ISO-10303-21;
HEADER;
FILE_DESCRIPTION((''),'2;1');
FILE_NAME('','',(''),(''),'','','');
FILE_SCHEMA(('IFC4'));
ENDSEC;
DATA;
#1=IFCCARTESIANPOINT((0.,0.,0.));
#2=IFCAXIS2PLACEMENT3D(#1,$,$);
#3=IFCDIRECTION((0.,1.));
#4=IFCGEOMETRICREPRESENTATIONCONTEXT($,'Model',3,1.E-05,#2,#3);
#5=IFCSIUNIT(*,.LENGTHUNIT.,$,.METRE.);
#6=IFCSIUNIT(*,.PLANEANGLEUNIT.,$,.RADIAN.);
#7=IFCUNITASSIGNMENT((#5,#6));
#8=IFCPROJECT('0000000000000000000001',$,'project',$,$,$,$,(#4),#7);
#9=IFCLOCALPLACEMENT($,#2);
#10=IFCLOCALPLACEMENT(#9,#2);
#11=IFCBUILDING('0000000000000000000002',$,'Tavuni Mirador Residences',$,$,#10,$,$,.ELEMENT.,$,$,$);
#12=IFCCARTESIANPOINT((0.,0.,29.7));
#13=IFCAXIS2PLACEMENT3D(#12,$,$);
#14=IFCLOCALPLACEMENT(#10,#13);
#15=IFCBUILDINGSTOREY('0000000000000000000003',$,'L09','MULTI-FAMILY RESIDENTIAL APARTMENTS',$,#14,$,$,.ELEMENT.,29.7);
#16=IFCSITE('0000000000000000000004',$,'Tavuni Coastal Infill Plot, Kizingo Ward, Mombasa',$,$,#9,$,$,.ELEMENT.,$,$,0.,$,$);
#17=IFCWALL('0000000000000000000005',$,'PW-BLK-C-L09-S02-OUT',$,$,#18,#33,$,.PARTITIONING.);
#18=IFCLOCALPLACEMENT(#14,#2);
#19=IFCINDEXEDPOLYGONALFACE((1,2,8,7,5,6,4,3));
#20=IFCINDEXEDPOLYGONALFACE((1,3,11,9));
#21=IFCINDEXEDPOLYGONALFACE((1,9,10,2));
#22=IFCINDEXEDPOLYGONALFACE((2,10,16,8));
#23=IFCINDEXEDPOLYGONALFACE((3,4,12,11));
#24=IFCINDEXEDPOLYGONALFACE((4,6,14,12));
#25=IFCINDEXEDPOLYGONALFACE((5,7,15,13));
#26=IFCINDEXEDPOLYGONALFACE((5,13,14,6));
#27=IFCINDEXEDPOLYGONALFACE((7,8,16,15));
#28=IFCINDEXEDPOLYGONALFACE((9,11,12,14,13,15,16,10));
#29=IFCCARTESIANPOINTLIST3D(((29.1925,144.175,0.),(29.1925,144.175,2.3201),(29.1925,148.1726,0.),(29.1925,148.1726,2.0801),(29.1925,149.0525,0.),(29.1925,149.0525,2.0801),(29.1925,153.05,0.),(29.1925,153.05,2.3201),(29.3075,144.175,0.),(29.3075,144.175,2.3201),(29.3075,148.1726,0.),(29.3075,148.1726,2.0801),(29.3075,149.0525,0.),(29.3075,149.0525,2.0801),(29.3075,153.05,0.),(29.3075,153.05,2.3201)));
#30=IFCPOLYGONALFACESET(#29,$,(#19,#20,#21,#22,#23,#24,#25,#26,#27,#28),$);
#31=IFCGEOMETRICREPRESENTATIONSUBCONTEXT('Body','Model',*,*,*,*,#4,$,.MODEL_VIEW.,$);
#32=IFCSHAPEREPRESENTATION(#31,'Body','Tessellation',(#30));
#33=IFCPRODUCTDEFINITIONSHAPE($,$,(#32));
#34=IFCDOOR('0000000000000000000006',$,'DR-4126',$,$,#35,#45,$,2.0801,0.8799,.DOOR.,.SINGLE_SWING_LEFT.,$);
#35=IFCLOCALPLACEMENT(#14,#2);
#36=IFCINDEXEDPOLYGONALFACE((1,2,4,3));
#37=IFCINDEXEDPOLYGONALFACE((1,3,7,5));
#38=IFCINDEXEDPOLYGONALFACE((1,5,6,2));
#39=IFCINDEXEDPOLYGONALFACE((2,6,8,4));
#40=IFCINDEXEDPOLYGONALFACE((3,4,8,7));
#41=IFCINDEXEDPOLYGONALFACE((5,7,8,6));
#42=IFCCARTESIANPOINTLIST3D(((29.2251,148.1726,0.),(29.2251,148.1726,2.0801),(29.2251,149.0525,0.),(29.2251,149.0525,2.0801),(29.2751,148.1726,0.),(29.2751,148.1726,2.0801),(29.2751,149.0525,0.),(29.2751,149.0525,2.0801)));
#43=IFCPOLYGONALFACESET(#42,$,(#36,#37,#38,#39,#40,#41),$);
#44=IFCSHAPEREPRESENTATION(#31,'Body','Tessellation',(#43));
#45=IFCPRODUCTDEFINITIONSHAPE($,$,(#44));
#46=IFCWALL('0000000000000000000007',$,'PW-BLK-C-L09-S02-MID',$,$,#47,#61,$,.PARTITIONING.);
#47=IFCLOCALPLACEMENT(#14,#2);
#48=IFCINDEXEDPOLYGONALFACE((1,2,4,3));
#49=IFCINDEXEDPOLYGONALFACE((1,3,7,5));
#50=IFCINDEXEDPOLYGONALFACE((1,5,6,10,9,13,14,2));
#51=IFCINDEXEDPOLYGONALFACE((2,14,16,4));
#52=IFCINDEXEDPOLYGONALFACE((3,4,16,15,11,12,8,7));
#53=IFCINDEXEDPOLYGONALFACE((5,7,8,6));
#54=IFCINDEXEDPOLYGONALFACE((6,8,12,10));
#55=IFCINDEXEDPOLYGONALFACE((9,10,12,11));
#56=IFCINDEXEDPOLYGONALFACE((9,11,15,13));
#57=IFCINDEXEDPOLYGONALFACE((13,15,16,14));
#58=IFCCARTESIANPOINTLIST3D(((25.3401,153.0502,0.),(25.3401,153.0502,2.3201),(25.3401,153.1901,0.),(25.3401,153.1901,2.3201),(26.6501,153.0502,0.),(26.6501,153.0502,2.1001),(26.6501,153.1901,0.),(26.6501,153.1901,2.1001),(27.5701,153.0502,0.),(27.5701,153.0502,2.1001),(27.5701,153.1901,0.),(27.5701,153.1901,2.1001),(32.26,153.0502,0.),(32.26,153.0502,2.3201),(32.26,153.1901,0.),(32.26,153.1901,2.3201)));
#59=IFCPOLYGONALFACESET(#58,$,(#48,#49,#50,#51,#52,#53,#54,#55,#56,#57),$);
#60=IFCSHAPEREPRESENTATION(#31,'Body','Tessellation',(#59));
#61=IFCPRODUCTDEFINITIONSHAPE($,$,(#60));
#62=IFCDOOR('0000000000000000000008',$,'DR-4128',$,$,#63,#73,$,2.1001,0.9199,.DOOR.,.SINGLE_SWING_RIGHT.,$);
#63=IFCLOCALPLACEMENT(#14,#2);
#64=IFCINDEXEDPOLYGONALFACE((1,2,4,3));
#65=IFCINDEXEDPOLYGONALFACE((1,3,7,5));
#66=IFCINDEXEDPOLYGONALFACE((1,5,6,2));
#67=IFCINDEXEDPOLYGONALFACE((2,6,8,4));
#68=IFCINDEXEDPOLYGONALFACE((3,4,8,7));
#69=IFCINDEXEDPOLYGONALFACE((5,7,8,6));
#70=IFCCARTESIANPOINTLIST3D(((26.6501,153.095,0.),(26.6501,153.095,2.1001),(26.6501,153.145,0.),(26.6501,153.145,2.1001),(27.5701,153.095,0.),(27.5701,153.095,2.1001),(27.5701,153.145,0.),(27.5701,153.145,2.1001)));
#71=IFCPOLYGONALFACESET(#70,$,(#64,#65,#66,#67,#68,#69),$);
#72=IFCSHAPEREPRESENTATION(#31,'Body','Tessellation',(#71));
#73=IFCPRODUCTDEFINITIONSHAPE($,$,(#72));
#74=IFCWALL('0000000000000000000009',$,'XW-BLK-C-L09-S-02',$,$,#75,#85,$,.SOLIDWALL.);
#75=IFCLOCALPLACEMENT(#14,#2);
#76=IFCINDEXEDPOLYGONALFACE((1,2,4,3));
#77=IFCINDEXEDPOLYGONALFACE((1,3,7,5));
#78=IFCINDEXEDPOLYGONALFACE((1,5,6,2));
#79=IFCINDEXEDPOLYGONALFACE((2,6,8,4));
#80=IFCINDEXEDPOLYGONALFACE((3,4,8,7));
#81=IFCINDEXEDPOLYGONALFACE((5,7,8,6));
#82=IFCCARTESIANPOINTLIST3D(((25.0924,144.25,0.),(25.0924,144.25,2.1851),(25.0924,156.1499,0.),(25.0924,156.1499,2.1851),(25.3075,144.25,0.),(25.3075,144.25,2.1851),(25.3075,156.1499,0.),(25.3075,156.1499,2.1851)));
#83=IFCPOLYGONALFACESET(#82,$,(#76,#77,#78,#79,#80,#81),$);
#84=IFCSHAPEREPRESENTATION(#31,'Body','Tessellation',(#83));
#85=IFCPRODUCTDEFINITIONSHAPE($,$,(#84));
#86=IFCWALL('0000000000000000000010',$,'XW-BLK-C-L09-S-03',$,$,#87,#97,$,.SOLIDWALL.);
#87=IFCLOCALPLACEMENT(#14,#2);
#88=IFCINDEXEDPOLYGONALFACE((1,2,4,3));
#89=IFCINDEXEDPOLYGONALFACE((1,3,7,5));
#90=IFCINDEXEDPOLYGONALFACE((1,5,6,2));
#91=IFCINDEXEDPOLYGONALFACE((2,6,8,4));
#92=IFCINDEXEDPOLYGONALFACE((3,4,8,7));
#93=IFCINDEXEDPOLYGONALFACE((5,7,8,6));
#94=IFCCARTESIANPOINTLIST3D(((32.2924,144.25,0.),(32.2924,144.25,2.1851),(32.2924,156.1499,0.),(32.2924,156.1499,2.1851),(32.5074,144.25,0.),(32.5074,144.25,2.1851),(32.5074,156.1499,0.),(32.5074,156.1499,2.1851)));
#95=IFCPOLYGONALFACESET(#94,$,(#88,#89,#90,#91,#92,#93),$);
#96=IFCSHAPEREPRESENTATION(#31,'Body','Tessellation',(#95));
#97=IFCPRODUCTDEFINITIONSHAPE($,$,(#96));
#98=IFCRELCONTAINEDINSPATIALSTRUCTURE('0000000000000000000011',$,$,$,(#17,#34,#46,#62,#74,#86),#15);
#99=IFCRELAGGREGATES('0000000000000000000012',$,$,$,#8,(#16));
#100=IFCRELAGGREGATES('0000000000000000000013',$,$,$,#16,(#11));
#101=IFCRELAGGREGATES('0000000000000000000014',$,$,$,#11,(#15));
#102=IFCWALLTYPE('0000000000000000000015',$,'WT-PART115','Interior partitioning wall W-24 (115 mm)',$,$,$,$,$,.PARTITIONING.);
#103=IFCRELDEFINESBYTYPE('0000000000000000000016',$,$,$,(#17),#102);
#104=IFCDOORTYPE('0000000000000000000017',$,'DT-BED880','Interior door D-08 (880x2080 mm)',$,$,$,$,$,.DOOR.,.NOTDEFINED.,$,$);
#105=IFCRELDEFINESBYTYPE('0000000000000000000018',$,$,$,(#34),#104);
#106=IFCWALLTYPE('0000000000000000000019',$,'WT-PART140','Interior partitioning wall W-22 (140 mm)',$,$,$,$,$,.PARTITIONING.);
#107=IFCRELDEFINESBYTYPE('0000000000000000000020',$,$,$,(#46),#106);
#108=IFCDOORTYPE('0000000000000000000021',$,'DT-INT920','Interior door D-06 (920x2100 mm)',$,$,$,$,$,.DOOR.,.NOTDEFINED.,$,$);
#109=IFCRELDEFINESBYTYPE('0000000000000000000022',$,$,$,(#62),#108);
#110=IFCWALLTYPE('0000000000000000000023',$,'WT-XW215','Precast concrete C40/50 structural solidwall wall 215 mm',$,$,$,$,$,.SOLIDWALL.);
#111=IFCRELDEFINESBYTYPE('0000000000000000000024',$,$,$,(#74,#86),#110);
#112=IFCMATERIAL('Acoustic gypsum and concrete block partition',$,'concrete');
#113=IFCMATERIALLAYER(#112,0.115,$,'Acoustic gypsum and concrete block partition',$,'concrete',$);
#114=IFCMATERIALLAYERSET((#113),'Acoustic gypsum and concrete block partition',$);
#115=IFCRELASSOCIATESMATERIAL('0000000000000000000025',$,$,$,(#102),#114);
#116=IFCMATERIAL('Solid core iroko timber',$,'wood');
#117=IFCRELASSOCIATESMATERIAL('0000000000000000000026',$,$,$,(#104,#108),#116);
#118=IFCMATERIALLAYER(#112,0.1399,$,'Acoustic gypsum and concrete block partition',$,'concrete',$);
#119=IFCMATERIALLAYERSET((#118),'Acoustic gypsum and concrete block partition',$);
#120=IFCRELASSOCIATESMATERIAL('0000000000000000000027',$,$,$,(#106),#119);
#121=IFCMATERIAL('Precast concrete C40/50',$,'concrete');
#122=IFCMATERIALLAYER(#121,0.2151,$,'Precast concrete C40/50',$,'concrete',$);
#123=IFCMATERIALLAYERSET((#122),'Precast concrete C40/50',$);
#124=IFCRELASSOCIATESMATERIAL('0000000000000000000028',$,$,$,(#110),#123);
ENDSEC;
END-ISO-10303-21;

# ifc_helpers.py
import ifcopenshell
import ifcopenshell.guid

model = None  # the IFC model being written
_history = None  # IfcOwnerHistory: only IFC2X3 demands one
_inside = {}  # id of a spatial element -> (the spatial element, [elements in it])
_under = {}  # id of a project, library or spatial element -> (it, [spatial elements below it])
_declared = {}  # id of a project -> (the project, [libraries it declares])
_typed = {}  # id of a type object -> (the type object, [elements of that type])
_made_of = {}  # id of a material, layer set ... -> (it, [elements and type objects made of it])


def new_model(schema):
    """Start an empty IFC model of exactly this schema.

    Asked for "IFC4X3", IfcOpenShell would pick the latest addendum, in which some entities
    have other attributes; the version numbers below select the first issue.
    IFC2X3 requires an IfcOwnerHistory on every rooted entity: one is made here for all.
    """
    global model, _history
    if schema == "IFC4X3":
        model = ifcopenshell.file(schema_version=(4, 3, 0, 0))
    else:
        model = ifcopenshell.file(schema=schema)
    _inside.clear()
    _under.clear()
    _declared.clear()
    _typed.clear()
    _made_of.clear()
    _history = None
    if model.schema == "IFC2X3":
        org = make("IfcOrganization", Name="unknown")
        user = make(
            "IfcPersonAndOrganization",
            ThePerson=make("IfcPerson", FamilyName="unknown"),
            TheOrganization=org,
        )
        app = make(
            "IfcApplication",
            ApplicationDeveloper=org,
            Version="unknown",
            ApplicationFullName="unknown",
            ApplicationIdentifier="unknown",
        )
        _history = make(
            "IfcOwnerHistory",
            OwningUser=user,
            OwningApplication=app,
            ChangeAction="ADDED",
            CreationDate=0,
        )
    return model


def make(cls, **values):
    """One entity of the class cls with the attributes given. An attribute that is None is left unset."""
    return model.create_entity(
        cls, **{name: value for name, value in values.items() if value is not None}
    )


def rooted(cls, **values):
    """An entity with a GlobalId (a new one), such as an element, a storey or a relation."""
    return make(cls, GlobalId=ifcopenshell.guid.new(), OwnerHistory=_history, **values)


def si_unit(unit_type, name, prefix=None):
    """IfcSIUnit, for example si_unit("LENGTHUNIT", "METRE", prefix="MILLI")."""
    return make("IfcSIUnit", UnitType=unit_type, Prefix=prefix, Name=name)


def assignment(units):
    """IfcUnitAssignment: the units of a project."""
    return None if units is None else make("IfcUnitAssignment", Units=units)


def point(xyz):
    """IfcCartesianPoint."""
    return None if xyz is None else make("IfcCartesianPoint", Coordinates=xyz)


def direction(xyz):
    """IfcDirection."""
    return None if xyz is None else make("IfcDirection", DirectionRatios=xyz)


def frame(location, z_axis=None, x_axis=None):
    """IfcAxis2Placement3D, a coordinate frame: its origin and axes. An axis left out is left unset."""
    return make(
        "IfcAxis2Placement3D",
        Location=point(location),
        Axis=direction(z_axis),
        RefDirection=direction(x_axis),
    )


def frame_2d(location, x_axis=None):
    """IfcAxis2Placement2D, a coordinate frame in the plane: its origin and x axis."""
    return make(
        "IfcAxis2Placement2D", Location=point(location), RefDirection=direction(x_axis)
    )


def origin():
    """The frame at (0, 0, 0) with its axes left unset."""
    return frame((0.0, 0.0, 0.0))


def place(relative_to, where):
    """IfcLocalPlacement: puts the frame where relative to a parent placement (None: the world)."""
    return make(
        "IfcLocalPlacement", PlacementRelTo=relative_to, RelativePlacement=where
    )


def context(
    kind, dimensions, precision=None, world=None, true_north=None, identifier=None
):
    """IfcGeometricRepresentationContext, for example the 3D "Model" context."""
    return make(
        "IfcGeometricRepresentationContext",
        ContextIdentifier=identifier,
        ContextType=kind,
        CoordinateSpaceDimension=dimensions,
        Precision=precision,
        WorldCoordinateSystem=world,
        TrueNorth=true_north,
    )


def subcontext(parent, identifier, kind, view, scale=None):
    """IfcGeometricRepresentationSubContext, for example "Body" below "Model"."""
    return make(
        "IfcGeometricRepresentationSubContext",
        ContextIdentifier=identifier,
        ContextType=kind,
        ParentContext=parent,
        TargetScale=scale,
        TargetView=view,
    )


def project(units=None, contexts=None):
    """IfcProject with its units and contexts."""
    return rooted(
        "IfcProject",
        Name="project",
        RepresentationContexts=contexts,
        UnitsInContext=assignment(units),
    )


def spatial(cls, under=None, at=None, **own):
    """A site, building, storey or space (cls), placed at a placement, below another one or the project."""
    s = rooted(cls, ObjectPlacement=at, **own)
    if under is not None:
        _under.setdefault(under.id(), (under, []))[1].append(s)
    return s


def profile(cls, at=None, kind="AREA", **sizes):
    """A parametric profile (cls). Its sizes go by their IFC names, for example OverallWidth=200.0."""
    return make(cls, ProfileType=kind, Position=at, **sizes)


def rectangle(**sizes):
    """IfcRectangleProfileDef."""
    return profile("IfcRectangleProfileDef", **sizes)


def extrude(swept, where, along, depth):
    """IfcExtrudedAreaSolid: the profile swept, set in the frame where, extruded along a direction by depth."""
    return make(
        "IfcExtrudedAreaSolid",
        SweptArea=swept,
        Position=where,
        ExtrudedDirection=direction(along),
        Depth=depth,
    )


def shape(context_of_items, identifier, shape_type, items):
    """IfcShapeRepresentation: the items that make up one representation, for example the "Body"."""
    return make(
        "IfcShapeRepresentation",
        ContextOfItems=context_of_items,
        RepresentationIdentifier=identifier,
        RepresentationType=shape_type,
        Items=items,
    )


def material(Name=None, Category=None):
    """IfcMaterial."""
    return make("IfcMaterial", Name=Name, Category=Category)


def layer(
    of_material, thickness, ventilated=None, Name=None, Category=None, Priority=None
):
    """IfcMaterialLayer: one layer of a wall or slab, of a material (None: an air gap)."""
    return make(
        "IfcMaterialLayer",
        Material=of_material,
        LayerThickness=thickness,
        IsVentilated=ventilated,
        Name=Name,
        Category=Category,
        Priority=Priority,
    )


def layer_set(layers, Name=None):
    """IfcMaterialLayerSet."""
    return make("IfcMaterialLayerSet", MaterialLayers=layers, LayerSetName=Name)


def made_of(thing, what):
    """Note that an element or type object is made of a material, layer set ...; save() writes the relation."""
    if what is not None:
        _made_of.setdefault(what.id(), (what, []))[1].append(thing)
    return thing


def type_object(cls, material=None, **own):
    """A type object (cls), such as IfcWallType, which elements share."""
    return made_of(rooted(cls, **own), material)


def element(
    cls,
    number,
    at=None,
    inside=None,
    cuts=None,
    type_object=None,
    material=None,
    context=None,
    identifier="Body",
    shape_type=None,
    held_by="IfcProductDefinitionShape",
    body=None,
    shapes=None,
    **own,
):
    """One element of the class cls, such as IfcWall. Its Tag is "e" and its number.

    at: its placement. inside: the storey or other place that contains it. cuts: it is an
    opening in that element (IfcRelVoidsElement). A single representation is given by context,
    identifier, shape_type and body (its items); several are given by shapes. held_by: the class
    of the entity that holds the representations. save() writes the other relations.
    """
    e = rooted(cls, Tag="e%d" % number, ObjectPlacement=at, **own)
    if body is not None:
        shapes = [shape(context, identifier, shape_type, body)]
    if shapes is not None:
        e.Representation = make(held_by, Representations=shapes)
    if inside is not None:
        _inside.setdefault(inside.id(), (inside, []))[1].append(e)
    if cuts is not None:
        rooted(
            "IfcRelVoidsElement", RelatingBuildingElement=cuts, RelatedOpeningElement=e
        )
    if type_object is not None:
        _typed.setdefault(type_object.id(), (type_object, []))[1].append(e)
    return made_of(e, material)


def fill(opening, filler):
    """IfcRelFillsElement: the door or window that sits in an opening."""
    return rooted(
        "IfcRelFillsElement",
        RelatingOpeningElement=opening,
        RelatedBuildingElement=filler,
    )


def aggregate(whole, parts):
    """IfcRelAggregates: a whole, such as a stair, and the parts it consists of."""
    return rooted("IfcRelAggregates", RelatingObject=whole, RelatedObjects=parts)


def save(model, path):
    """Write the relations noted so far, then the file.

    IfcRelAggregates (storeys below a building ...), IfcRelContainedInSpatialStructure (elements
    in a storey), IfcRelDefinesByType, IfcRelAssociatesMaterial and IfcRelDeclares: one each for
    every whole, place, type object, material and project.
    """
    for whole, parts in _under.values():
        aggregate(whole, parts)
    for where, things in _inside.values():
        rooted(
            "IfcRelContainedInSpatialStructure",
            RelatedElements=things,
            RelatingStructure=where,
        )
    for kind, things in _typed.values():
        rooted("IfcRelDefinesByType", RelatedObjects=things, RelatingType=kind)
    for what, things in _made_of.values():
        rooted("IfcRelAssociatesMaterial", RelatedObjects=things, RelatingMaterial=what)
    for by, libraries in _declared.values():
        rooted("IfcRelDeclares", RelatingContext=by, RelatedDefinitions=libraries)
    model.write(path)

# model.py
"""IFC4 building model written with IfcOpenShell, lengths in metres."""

from ifc_helpers import new_model, si_unit, direction, frame, frame_2d, origin, place, context, subcontext, project, spatial, rectangle, extrude, material, layer, layer_set, type_object, element, fill, save


model = new_model("IFC4")

# Units and contexts
model_context = context("Model", 3, precision=1e-05, world=origin(), true_north=direction((0.0, 1.0)))
body_context = subcontext(model_context, "Body", "Model", "MODEL_VIEW")
ifc_project = project(units=[si_unit("LENGTHUNIT", "METRE"), si_unit("PLANEANGLEUNIT", "RADIAN")], contexts=[model_context])

# Site, building, storey
site_placement = place(None, origin())
site = spatial("IfcSite", under=ifc_project, at=site_placement, Name="Tavuni Coastal Infill Plot, Kizingo Ward, Mombasa", CompositionType="ELEMENT", RefElevation=0.0)
building_placement = place(site_placement, origin())
building = spatial("IfcBuilding", under=site, at=building_placement, Name="Tavuni Mirador Residences", CompositionType="ELEMENT")
storey_placement = place(building_placement, frame((0.0, 0.0, 29.7)))
storey = spatial("IfcBuildingStorey", under=building, at=storey_placement, Name="L09", Description="MULTI-FAMILY RESIDENTIAL APARTMENTS", CompositionType="ELEMENT", Elevation=29.7)

# Shared definitions
ifc_material_1 = material(Name="Precast concrete C40/50", Category="concrete")

# Walls, openings, doors
ifc_material_2 = material(Name="Solid core iroko timber", Category="wood")
ifc_material_3 = material(Name="Acoustic gypsum and concrete block partition", Category="concrete")
ifc_layer_1 = layer(ifc_material_3, 0.115, Name="Acoustic gypsum and concrete block partition", Category="concrete")
ifc_layer_set_1 = layer_set([ifc_layer_1], Name="Acoustic gypsum and concrete block partition")
wall_type_1 = type_object("IfcWallType", Name="WT-PART115", Description="Interior partitioning wall W-24 (115 mm)", PredefinedType="PARTITIONING", material=ifc_layer_set_1)
wall_1_placement = place(storey_placement, frame((29.25, 144.175, 0.0), z_axis=(0.0, 0.0, 1.0), x_axis=(0.0, 1.0, 0.0)))
wall_1 = element("IfcWall", 1, at=wall_1_placement, inside=storey, type_object=wall_type_1, Name="PW-BLK-C-L09-S02-OUT", PredefinedType="PARTITIONING", context=body_context, shape_type="SweptSolid", body=[
    extrude(rectangle(XDim=8.875, YDim=0.115, at=frame_2d((4.4375, 0.0))), origin(), (0.0, 0.0, 1.0), 2.3201),
])
opening_1_placement = place(wall_1_placement, frame((3.9976, 0.0, 0.0)))
opening_1 = element("IfcOpeningElement", 2, at=opening_1_placement, cuts=wall_1, PredefinedType="OPENING", context=body_context, shape_type="SweptSolid", body=[
    extrude(rectangle(XDim=0.8799, YDim=2.0801, at=frame_2d((0.4399, 1.04))), frame((0.0, 0.0674, 0.0), z_axis=(0.0, -1.0, 0.0), x_axis=(1.0, 0.0, 0.0)), (0.0, 0.0, 1.0), 0.135),
])
door_type_1 = type_object("IfcDoorType", Name="DT-BED880", Description="Interior door D-08 (880x2080 mm)", OperationType="NOTDEFINED", PredefinedType="DOOR", material=ifc_material_2)
door_1_placement = place(opening_1_placement, origin())
door_1 = element("IfcDoor", 3, at=door_1_placement, inside=storey, type_object=door_type_1, Name="DR-4126", OperationType="SINGLE_SWING_LEFT", OverallHeight=2.0801, OverallWidth=0.8799, PredefinedType="DOOR", context=body_context, shape_type="SweptSolid", body=[
    extrude(rectangle(XDim=0.8799, YDim=2.0801, at=frame_2d((0.4399, 1.04))), frame((0.0, 0.0249, 0.0), z_axis=(0.0, -1.0, 0.0), x_axis=(1.0, 0.0, 0.0)), (0.0, 0.0, 1.0), 0.05),
])
fill(opening_1, door_1)
ifc_layer_2 = layer(ifc_material_3, 0.1399, Name="Acoustic gypsum and concrete block partition", Category="concrete")
ifc_layer_set_2 = layer_set([ifc_layer_2], Name="Acoustic gypsum and concrete block partition")
wall_type_2 = type_object("IfcWallType", Name="WT-PART140", Description="Interior partitioning wall W-22 (140 mm)", PredefinedType="PARTITIONING", material=ifc_layer_set_2)
wall_2_placement = place(storey_placement, frame((25.3401, 153.1201, 0.0), z_axis=(0.0, 0.0, 1.0), x_axis=(1.0, 0.0, 0.0)))
wall_2 = element("IfcWall", 4, at=wall_2_placement, inside=storey, type_object=wall_type_2, Name="PW-BLK-C-L09-S02-MID", PredefinedType="PARTITIONING", context=body_context, shape_type="SweptSolid", body=[
    extrude(rectangle(XDim=6.9199, YDim=0.1399, at=frame_2d((3.46, 0.0))), origin(), (0.0, 0.0, 1.0), 2.3201),
])
opening_2_placement = place(wall_2_placement, frame((1.3101, 0.0, 0.0)))
opening_2 = element("IfcOpeningElement", 5, at=opening_2_placement, cuts=wall_2, PredefinedType="OPENING", context=body_context, shape_type="SweptSolid", body=[
    extrude(rectangle(XDim=0.9199, YDim=2.1001, at=frame_2d((0.46, 1.05))), frame((0.0, 0.0801, 0.0), z_axis=(0.0, -1.0, 0.0), x_axis=(1.0, 0.0, 0.0)), (0.0, 0.0, 1.0), 0.1599),
])
door_type_2 = type_object("IfcDoorType", Name="DT-INT920", Description="Interior door D-06 (920x2100 mm)", OperationType="NOTDEFINED", PredefinedType="DOOR", material=ifc_material_2)
door_2_placement = place(opening_2_placement, origin())
door_2 = element("IfcDoor", 6, at=door_2_placement, inside=storey, type_object=door_type_2, Name="DR-4128", OperationType="SINGLE_SWING_RIGHT", OverallHeight=2.1001, OverallWidth=0.9199, PredefinedType="DOOR", context=body_context, shape_type="SweptSolid", body=[
    extrude(rectangle(XDim=0.9199, YDim=2.1001, at=frame_2d((0.46, 1.05))), frame((0.0, 0.0249, 0.0), z_axis=(0.0, -1.0, 0.0), x_axis=(1.0, 0.0, 0.0)), (0.0, 0.0, 1.0), 0.05),
])
fill(opening_2, door_2)

# Walls
ifc_layer_3 = layer(ifc_material_1, 0.2151, Name="Precast concrete C40/50", Category="concrete")
ifc_layer_set_3 = layer_set([ifc_layer_3], Name="Precast concrete C40/50")
wall_type_3 = type_object("IfcWallType", Name="WT-XW215", Description="Precast concrete C40/50 structural solidwall wall 215 mm", PredefinedType="SOLIDWALL", material=ifc_layer_set_3)
for number, where, z_axis, x_axis, name in (
    (7, (25.2, 144.25, 0.0), (0.0, 0.0, 1.0), (0.0, 1.0, 0.0), "XW-BLK-C-L09-S-02"),
    (8, (32.3999, 144.25, 0.0), (0.0, 0.0, 1.0), (0.0, 1.0, 0.0), "XW-BLK-C-L09-S-03"),
):
    element("IfcWall", number, at=place(storey_placement, frame(where, z_axis=z_axis, x_axis=x_axis)), inside=storey, type_object=wall_type_3, Name=name, PredefinedType="SOLIDWALL", context=body_context, shape_type="SweptSolid", body=[
        extrude(rectangle(XDim=11.8999, YDim=0.2151, at=frame_2d((5.95, 0.0))), origin(), (0.0, 0.0, 1.0), 2.1851),
    ])

save(model, "model.ifc")
